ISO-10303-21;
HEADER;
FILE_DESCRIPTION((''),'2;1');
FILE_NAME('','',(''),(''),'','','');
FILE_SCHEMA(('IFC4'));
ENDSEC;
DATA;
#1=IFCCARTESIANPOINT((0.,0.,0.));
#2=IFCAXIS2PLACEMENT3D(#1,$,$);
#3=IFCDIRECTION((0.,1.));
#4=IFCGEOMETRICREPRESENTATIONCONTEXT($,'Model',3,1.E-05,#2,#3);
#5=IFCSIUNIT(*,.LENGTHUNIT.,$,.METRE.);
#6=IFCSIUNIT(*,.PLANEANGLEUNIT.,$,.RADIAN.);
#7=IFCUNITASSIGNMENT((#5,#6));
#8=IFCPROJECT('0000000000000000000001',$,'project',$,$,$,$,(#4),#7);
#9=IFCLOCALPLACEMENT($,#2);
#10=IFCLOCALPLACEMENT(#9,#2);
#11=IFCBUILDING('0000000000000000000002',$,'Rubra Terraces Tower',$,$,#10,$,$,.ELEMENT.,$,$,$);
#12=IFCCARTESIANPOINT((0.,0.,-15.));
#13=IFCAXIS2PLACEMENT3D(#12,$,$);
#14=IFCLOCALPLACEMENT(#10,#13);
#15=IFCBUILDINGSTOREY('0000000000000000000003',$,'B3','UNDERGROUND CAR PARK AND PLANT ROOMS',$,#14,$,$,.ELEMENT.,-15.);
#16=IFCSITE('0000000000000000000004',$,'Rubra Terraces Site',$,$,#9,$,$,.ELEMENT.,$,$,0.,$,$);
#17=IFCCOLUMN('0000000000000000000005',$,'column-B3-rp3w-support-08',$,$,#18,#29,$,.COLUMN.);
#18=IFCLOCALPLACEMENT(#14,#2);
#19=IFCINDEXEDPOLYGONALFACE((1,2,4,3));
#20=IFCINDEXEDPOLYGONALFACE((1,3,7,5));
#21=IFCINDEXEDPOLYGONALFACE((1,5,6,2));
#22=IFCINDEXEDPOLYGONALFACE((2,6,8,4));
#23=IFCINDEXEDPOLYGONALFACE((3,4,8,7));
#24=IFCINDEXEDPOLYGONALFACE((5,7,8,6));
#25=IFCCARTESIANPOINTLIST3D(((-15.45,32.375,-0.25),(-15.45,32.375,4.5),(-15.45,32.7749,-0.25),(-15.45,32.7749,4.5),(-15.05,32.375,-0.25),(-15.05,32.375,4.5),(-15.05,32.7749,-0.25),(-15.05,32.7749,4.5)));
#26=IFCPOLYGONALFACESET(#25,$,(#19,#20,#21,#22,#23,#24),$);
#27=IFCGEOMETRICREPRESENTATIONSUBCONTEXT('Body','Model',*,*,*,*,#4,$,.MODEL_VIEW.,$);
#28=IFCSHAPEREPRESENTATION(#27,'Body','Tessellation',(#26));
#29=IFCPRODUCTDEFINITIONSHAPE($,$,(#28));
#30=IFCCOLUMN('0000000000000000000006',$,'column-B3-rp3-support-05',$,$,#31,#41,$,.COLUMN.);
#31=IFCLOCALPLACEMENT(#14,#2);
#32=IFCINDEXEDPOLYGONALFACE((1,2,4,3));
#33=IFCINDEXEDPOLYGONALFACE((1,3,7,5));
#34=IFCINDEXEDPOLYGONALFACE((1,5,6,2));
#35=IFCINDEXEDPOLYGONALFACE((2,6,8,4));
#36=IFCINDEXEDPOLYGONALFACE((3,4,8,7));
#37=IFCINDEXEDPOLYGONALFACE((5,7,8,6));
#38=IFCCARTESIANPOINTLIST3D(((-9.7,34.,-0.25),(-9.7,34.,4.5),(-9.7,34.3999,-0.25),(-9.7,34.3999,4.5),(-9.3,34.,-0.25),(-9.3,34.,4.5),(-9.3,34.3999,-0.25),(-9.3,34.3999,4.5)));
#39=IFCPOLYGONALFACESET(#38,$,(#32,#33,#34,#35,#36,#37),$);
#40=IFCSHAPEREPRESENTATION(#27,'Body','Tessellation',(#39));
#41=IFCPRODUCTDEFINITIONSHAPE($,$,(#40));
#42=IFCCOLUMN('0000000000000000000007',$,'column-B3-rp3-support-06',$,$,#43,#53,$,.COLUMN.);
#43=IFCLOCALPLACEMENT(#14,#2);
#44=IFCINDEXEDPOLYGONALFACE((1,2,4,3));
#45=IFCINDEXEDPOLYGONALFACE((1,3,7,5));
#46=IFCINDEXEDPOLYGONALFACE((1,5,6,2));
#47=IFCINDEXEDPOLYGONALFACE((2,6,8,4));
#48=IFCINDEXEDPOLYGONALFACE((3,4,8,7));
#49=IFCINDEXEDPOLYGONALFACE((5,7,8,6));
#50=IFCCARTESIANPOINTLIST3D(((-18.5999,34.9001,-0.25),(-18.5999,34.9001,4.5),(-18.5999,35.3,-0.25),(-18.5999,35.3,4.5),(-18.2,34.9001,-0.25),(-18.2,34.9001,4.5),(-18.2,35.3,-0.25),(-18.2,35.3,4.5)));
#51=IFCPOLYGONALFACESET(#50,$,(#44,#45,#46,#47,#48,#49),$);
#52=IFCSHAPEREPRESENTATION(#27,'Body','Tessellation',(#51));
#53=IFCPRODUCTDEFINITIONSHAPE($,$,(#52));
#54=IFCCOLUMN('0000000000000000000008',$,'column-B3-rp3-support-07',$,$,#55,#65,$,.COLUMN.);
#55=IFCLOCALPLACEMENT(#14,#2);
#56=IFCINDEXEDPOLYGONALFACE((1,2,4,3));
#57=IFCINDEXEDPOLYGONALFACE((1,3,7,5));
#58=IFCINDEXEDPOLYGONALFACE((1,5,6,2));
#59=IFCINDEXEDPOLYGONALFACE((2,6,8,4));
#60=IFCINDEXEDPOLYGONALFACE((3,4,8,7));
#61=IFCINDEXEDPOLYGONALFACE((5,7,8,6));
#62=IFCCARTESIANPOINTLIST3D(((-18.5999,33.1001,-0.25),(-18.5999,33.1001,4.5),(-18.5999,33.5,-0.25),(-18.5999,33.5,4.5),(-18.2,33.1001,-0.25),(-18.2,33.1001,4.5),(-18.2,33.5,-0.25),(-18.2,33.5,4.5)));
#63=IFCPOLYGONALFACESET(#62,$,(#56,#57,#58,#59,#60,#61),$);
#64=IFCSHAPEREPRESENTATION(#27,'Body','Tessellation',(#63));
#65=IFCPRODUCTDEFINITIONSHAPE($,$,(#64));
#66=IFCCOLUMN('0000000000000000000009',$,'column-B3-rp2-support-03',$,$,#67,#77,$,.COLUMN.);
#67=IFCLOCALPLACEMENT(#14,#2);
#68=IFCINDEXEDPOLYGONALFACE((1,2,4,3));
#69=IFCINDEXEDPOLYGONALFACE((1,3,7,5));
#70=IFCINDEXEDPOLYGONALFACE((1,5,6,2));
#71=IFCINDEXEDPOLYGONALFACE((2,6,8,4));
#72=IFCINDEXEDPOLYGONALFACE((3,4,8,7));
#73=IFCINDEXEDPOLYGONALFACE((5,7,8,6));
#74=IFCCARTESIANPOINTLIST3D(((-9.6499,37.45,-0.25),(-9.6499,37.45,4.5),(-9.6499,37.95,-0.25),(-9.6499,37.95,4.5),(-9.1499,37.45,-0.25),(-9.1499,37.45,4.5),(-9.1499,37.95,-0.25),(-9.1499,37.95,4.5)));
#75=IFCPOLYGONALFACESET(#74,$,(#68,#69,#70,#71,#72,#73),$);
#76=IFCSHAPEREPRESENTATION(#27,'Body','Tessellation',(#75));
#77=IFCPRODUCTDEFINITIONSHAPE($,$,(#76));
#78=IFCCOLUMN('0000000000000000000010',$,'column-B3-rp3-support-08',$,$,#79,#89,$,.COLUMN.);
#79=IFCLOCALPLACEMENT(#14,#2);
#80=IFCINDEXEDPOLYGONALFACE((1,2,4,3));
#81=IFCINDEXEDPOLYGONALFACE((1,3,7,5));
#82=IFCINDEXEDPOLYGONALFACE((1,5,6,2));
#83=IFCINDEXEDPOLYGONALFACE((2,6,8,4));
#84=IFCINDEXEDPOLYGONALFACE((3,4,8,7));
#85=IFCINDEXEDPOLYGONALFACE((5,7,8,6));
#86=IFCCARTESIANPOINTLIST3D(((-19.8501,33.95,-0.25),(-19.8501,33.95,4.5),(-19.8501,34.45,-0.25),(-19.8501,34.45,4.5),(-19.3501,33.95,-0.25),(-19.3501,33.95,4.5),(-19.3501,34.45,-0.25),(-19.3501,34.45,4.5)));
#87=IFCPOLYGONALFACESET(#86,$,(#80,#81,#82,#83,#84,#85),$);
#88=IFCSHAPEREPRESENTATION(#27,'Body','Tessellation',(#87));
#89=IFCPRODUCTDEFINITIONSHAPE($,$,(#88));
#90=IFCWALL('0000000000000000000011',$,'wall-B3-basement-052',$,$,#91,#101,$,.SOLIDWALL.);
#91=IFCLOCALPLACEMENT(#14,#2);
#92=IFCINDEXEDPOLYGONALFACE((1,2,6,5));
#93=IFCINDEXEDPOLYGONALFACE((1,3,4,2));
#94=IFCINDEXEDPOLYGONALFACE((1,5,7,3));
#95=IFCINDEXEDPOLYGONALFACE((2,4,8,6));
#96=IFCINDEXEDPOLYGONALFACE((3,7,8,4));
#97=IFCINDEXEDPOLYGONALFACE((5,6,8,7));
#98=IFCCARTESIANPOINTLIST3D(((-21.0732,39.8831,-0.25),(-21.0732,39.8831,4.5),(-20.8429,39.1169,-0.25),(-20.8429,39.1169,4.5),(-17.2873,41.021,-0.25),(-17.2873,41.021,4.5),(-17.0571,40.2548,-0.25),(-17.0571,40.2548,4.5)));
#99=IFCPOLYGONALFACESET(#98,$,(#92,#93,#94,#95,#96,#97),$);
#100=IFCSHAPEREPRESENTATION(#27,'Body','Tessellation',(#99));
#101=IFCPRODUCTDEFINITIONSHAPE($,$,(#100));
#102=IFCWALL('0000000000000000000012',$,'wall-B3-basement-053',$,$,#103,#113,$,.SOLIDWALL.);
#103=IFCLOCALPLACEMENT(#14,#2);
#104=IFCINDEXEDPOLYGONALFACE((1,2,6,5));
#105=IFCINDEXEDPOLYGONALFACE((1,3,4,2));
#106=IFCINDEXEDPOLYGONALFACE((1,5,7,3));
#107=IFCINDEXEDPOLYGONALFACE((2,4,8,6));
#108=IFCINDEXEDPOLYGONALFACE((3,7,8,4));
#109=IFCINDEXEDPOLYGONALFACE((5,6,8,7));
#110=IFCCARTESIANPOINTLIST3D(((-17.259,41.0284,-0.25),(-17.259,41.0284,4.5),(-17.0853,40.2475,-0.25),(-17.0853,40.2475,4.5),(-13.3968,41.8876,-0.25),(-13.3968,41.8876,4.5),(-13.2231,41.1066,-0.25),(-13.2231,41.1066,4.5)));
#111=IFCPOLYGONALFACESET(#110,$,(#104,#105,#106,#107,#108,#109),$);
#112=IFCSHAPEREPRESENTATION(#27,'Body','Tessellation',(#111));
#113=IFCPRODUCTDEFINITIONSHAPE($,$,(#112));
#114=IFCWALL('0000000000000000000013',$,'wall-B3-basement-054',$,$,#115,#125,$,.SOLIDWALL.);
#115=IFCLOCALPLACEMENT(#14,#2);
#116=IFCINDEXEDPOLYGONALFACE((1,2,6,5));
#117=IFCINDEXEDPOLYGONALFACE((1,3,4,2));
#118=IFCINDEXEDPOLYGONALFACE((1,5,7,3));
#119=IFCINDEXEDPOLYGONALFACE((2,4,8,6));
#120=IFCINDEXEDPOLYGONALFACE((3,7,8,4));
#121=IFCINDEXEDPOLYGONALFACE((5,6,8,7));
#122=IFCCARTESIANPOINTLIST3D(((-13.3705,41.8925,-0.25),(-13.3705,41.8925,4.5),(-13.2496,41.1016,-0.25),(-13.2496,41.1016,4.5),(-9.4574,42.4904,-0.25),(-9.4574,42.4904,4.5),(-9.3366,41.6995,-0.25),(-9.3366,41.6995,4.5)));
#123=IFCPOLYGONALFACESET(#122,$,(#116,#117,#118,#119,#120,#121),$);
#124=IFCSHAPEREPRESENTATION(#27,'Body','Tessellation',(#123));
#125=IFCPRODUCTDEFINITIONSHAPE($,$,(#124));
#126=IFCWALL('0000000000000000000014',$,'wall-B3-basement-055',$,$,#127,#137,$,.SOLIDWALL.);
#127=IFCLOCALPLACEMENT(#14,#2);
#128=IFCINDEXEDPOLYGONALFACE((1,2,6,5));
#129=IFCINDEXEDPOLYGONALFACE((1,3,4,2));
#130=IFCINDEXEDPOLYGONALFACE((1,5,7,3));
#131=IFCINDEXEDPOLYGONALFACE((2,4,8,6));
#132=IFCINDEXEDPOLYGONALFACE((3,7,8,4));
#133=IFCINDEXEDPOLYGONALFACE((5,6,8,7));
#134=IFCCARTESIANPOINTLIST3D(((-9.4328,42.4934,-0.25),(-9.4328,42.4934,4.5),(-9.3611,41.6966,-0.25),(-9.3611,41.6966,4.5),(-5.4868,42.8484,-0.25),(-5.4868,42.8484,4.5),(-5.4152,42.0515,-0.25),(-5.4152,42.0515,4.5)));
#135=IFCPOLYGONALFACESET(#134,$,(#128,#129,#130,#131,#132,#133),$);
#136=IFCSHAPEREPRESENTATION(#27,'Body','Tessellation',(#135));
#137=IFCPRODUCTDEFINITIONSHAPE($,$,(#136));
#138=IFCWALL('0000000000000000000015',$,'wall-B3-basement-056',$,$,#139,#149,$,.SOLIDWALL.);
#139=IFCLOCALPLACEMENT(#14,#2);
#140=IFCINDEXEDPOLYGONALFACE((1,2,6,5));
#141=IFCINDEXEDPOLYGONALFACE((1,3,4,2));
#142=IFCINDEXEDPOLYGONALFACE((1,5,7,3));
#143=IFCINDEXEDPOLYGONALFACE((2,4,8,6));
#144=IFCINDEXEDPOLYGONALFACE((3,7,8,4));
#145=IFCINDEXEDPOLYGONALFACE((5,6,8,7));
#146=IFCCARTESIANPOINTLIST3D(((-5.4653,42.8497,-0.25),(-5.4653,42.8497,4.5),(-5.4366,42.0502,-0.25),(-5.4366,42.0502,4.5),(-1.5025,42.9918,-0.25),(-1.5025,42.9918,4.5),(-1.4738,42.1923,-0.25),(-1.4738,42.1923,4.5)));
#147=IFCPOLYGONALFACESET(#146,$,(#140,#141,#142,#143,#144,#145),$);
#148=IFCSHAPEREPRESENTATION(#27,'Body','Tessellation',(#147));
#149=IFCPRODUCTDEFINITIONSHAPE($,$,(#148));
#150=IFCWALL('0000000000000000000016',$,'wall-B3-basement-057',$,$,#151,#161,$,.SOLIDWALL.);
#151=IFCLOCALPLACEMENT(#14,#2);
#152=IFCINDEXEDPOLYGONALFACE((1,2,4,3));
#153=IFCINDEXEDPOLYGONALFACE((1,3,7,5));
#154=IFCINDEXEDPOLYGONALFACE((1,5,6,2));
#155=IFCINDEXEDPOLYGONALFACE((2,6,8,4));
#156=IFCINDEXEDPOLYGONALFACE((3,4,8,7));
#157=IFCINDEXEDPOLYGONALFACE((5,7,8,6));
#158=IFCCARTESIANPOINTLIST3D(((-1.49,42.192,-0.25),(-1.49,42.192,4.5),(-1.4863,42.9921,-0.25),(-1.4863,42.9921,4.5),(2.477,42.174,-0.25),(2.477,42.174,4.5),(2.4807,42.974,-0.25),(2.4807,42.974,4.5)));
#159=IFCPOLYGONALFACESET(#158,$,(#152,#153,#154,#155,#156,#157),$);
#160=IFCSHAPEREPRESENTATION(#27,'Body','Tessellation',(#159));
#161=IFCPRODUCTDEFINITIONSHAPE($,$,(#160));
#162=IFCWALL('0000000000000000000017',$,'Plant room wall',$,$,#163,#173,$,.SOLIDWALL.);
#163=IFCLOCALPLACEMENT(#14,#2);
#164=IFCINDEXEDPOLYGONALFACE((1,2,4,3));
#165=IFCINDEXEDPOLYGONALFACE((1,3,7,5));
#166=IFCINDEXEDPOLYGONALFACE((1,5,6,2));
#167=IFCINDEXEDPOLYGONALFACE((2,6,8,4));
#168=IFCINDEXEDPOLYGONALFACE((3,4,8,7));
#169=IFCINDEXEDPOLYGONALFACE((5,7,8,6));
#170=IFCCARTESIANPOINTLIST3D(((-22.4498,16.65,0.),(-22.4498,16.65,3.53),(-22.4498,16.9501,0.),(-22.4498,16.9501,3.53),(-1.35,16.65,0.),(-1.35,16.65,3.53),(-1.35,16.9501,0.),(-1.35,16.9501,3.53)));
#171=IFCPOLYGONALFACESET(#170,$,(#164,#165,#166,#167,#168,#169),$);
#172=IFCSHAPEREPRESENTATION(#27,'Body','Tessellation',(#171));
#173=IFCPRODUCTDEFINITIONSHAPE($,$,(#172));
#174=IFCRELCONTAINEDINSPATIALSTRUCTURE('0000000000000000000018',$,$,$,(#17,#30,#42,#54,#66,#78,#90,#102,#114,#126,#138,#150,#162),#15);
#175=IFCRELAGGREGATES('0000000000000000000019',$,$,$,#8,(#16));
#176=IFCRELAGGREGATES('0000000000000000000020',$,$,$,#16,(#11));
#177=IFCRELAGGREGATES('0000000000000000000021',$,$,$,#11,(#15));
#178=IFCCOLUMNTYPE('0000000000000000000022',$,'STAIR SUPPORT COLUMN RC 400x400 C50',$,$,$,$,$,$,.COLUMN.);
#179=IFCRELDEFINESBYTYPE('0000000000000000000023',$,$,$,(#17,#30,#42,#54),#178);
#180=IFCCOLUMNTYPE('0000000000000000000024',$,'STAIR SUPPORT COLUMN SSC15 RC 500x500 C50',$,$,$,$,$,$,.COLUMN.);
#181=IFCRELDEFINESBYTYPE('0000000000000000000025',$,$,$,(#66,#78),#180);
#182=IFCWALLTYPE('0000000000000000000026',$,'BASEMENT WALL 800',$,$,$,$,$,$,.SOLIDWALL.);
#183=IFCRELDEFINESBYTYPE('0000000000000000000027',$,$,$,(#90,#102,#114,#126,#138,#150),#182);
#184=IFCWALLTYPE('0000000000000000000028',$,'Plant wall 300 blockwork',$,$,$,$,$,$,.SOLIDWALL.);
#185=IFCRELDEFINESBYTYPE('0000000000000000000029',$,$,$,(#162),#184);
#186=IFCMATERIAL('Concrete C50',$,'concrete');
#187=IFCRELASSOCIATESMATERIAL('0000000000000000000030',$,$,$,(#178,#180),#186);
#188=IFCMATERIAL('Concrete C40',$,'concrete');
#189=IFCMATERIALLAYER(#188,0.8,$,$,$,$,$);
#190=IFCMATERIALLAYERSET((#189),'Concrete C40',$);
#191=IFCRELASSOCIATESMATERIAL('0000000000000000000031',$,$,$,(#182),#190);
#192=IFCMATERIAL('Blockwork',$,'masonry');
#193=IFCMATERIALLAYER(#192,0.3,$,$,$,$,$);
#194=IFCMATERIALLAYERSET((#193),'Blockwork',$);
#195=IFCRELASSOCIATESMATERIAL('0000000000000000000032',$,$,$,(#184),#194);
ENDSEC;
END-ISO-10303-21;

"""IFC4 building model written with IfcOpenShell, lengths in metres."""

from ifc_helpers import new_model, si_unit, direction, frame, frame_2d, origin, origin_2d, place, context, subcontext, project, spatial, rectangle, extrude, material, layer, layer_set, material_profile, profile_set, type_object, element, save


model = new_model("IFC4")

# Units and contexts
model_context = context("Model", 3, precision=1e-05, world=origin(), true_north=direction((0.0, 1.0)))
body_context = subcontext(model_context, "Body", "Model", "MODEL_VIEW")
ifc_project = project(units=[si_unit("LENGTHUNIT", "METRE"), si_unit("PLANEANGLEUNIT", "RADIAN")], contexts=[model_context])

# Site, building, storey
site_placement = place(None, origin())
site = spatial("IfcSite", under=ifc_project, at=site_placement, Name="Rubra Terraces Site", CompositionType="ELEMENT", RefElevation=0.0)
building_placement = place(site_placement, origin())
building = spatial("IfcBuilding", under=site, at=building_placement, Name="Rubra Terraces Tower", CompositionType="ELEMENT")
storey_placement = place(building_placement, frame((0.0, 0.0, -15.0)))
storey = spatial("IfcBuildingStorey", under=building, at=storey_placement, Name="B3", Description="UNDERGROUND CAR PARK AND PLANT ROOMS", CompositionType="ELEMENT", Elevation=-15.0)

# Shared definitions
ifc_material_1 = material(Name="Concrete C40", Category="concrete")

# Columns
ifc_material_2 = material(Name="Concrete C50", Category="concrete")
ifc_material_profile_1 = material_profile(ifc_material_2, rectangle(XDim=0.3999, YDim=0.3999, at=origin_2d()), Name="RC 400x400")
ifc_profile_set_1 = profile_set([ifc_material_profile_1], Name="Concrete C50")
column_type_1 = type_object("IfcColumnType", Name="STAIR SUPPORT COLUMN RC 400x400 C50", PredefinedType="COLUMN", material=ifc_profile_set_1)
for number, where, z_axis, x_axis, name in (
    (1, (-15.25, 32.575, -0.25), (0.0, 0.0, 1.0), (1.0, 0.0, 0.0), "column-B3-rp3w-support-08"),
    (2, (-9.5, 34.2, -0.25), (0.0, 0.0, 1.0), (1.0, 0.0, 0.0), "column-B3-rp3-support-05"),
    (3, (-18.3999, 35.1001, -0.25), (0.0, 0.0, 1.0), (1.0, 0.0, 0.0), "column-B3-rp3-support-06"),
    (4, (-18.3999, 33.3, -0.25), (0.0, 0.0, 1.0), (1.0, 0.0, 0.0), "column-B3-rp3-support-07"),
):
    element("IfcColumn", number, at=place(storey_placement, frame(where, z_axis=z_axis, x_axis=x_axis)), inside=storey, type_object=column_type_1, Name=name, PredefinedType="COLUMN", context=body_context, shape_type="SweptSolid", body=[
        extrude(rectangle(XDim=0.3999, YDim=0.3999, at=origin_2d()), origin(), (0.0, 0.0, 1.0), 4.75),
    ])
ifc_material_profile_2 = material_profile(ifc_material_2, rectangle(XDim=0.5, YDim=0.5, at=origin_2d()), Name="RC 500x500")
ifc_profile_set_2 = profile_set([ifc_material_profile_2], Name="Concrete C50")
column_type_2 = type_object("IfcColumnType", Name="STAIR SUPPORT COLUMN SSC15 RC 500x500 C50", PredefinedType="COLUMN", material=ifc_profile_set_2)
for number, where, z_axis, x_axis, name in (
    (5, (-9.3999, 37.7, -0.25), (0.0, 0.0, 1.0), (1.0, 0.0, 0.0), "column-B3-rp2-support-03"),
    (6, (-19.6001, 34.2, -0.25), (0.0, 0.0, 1.0), (1.0, 0.0, 0.0), "column-B3-rp3-support-08"),
):
    element("IfcColumn", number, at=place(storey_placement, frame(where, z_axis=z_axis, x_axis=x_axis)), inside=storey, type_object=column_type_2, Name=name, PredefinedType="COLUMN", context=body_context, shape_type="SweptSolid", body=[
        extrude(rectangle(XDim=0.5, YDim=0.5, at=origin_2d()), origin(), (0.0, 0.0, 1.0), 4.75),
    ])

# Walls
ifc_layer_1 = layer(ifc_material_1, 0.8)
ifc_layer_set_1 = layer_set([ifc_layer_1], Name="Concrete C40")
wall_type_1 = type_object("IfcWallType", Name="BASEMENT WALL 800", PredefinedType="SOLIDWALL", material=ifc_layer_set_1)
wall_1_placement = place(storey_placement, frame((-20.958, 39.5, -0.25), z_axis=(0.0, 0.0, 1.0), x_axis=(0.957675, 0.287852, 0.0)))
element("IfcWall", 7, at=wall_1_placement, inside=storey, type_object=wall_type_1, Name="wall-B3-basement-052", PredefinedType="SOLIDWALL", context=body_context, shape_type="SweptSolid", body=[
    extrude(rectangle(XDim=3.9531, YDim=0.8, at=frame_2d((1.9766, 0.0))), origin(), (0.0, 0.0, 1.0), 4.75),
])
wall_2_placement = place(storey_placement, frame((-17.1721, 40.6379, -0.25), z_axis=(0.0, 0.0, 1.0), x_axis=(0.976139, 0.217146, 0.0)))
element("IfcWall", 8, at=wall_2_placement, inside=storey, type_object=wall_type_1, Name="wall-B3-basement-053", PredefinedType="SOLIDWALL", context=body_context, shape_type="SweptSolid", body=[
    extrude(rectangle(XDim=3.9565, YDim=0.8, at=frame_2d((1.9783, 0.0))), origin(), (0.0, 0.0, 1.0), 4.75),
])
wall_3_placement = place(storey_placement, frame((-13.3101, 41.4971, -0.25), z_axis=(0.0, 0.0, 1.0), x_axis=(0.988527, 0.151042, 0.0)))
element("IfcWall", 9, at=wall_3_placement, inside=storey, type_object=wall_type_1, Name="wall-B3-basement-054", PredefinedType="SOLIDWALL", context=body_context, shape_type="SweptSolid", body=[
    extrude(rectangle(XDim=3.9585, YDim=0.8, at=frame_2d((1.9792, 0.0))), origin(), (0.0, 0.0, 1.0), 4.75),
])
wall_4_placement = place(storey_placement, frame((-9.397, 42.095, -0.25), z_axis=(0.0, 0.0, 1.0), x_axis=(0.995978, 0.089597, 0.0)))
element("IfcWall", 10, at=wall_4_placement, inside=storey, type_object=wall_type_1, Name="wall-B3-basement-055", PredefinedType="SOLIDWALL", context=body_context, shape_type="SweptSolid", body=[
    extrude(rectangle(XDim=3.9619, YDim=0.8, at=frame_2d((1.981, 0.0))), origin(), (0.0, 0.0, 1.0), 4.75),
])
wall_5_placement = place(storey_placement, frame((-5.4509, 42.45, -0.25), z_axis=(0.0, 0.0, 1.0), x_axis=(0.999358, 0.035832, 0.0)))
element("IfcWall", 11, at=wall_5_placement, inside=storey, type_object=wall_type_1, Name="wall-B3-basement-056", PredefinedType="SOLIDWALL", context=body_context, shape_type="SweptSolid", body=[
    extrude(rectangle(XDim=3.9653, YDim=0.8, at=frame_2d((1.9827, 0.0))), origin(), (0.0, 0.0, 1.0), 4.75),
])
wall_6_placement = place(storey_placement, frame((-1.488, 42.592, -0.25), z_axis=(0.0, 0.0, 1.0), x_axis=(0.99999, -0.004554, 0.0)))
element("IfcWall", 12, at=wall_6_placement, inside=storey, type_object=wall_type_1, Name="wall-B3-basement-057", PredefinedType="SOLIDWALL", context=body_context, shape_type="SweptSolid", body=[
    extrude(rectangle(XDim=3.967, YDim=0.8, at=frame_2d((1.9834, 0.0))), origin(), (0.0, 0.0, 1.0), 4.75),
])
ifc_material_3 = material(Name="Blockwork", Category="masonry")
ifc_layer_2 = layer(ifc_material_3, 0.3)
ifc_layer_set_2 = layer_set([ifc_layer_2], Name="Blockwork")
wall_type_2 = type_object("IfcWallType", Name="Plant wall 300 blockwork", PredefinedType="SOLIDWALL", material=ifc_layer_set_2)
wall_7_placement = place(storey_placement, frame((-1.3501, 16.8, 0.0), z_axis=(0.0, 0.0, 1.0), x_axis=(-1.0, 0.0, 0.0)))
element("IfcWall", 13, at=wall_7_placement, inside=storey, type_object=wall_type_2, Name="Plant room wall", PredefinedType="SOLIDWALL", context=body_context, shape_type="SweptSolid", body=[
    extrude(rectangle(XDim=21.0999, YDim=0.3, at=frame_2d((10.5498, 0.0))), origin(), (0.0, 0.0, 1.0), 3.53),
])

save(model, "model.ifc")
